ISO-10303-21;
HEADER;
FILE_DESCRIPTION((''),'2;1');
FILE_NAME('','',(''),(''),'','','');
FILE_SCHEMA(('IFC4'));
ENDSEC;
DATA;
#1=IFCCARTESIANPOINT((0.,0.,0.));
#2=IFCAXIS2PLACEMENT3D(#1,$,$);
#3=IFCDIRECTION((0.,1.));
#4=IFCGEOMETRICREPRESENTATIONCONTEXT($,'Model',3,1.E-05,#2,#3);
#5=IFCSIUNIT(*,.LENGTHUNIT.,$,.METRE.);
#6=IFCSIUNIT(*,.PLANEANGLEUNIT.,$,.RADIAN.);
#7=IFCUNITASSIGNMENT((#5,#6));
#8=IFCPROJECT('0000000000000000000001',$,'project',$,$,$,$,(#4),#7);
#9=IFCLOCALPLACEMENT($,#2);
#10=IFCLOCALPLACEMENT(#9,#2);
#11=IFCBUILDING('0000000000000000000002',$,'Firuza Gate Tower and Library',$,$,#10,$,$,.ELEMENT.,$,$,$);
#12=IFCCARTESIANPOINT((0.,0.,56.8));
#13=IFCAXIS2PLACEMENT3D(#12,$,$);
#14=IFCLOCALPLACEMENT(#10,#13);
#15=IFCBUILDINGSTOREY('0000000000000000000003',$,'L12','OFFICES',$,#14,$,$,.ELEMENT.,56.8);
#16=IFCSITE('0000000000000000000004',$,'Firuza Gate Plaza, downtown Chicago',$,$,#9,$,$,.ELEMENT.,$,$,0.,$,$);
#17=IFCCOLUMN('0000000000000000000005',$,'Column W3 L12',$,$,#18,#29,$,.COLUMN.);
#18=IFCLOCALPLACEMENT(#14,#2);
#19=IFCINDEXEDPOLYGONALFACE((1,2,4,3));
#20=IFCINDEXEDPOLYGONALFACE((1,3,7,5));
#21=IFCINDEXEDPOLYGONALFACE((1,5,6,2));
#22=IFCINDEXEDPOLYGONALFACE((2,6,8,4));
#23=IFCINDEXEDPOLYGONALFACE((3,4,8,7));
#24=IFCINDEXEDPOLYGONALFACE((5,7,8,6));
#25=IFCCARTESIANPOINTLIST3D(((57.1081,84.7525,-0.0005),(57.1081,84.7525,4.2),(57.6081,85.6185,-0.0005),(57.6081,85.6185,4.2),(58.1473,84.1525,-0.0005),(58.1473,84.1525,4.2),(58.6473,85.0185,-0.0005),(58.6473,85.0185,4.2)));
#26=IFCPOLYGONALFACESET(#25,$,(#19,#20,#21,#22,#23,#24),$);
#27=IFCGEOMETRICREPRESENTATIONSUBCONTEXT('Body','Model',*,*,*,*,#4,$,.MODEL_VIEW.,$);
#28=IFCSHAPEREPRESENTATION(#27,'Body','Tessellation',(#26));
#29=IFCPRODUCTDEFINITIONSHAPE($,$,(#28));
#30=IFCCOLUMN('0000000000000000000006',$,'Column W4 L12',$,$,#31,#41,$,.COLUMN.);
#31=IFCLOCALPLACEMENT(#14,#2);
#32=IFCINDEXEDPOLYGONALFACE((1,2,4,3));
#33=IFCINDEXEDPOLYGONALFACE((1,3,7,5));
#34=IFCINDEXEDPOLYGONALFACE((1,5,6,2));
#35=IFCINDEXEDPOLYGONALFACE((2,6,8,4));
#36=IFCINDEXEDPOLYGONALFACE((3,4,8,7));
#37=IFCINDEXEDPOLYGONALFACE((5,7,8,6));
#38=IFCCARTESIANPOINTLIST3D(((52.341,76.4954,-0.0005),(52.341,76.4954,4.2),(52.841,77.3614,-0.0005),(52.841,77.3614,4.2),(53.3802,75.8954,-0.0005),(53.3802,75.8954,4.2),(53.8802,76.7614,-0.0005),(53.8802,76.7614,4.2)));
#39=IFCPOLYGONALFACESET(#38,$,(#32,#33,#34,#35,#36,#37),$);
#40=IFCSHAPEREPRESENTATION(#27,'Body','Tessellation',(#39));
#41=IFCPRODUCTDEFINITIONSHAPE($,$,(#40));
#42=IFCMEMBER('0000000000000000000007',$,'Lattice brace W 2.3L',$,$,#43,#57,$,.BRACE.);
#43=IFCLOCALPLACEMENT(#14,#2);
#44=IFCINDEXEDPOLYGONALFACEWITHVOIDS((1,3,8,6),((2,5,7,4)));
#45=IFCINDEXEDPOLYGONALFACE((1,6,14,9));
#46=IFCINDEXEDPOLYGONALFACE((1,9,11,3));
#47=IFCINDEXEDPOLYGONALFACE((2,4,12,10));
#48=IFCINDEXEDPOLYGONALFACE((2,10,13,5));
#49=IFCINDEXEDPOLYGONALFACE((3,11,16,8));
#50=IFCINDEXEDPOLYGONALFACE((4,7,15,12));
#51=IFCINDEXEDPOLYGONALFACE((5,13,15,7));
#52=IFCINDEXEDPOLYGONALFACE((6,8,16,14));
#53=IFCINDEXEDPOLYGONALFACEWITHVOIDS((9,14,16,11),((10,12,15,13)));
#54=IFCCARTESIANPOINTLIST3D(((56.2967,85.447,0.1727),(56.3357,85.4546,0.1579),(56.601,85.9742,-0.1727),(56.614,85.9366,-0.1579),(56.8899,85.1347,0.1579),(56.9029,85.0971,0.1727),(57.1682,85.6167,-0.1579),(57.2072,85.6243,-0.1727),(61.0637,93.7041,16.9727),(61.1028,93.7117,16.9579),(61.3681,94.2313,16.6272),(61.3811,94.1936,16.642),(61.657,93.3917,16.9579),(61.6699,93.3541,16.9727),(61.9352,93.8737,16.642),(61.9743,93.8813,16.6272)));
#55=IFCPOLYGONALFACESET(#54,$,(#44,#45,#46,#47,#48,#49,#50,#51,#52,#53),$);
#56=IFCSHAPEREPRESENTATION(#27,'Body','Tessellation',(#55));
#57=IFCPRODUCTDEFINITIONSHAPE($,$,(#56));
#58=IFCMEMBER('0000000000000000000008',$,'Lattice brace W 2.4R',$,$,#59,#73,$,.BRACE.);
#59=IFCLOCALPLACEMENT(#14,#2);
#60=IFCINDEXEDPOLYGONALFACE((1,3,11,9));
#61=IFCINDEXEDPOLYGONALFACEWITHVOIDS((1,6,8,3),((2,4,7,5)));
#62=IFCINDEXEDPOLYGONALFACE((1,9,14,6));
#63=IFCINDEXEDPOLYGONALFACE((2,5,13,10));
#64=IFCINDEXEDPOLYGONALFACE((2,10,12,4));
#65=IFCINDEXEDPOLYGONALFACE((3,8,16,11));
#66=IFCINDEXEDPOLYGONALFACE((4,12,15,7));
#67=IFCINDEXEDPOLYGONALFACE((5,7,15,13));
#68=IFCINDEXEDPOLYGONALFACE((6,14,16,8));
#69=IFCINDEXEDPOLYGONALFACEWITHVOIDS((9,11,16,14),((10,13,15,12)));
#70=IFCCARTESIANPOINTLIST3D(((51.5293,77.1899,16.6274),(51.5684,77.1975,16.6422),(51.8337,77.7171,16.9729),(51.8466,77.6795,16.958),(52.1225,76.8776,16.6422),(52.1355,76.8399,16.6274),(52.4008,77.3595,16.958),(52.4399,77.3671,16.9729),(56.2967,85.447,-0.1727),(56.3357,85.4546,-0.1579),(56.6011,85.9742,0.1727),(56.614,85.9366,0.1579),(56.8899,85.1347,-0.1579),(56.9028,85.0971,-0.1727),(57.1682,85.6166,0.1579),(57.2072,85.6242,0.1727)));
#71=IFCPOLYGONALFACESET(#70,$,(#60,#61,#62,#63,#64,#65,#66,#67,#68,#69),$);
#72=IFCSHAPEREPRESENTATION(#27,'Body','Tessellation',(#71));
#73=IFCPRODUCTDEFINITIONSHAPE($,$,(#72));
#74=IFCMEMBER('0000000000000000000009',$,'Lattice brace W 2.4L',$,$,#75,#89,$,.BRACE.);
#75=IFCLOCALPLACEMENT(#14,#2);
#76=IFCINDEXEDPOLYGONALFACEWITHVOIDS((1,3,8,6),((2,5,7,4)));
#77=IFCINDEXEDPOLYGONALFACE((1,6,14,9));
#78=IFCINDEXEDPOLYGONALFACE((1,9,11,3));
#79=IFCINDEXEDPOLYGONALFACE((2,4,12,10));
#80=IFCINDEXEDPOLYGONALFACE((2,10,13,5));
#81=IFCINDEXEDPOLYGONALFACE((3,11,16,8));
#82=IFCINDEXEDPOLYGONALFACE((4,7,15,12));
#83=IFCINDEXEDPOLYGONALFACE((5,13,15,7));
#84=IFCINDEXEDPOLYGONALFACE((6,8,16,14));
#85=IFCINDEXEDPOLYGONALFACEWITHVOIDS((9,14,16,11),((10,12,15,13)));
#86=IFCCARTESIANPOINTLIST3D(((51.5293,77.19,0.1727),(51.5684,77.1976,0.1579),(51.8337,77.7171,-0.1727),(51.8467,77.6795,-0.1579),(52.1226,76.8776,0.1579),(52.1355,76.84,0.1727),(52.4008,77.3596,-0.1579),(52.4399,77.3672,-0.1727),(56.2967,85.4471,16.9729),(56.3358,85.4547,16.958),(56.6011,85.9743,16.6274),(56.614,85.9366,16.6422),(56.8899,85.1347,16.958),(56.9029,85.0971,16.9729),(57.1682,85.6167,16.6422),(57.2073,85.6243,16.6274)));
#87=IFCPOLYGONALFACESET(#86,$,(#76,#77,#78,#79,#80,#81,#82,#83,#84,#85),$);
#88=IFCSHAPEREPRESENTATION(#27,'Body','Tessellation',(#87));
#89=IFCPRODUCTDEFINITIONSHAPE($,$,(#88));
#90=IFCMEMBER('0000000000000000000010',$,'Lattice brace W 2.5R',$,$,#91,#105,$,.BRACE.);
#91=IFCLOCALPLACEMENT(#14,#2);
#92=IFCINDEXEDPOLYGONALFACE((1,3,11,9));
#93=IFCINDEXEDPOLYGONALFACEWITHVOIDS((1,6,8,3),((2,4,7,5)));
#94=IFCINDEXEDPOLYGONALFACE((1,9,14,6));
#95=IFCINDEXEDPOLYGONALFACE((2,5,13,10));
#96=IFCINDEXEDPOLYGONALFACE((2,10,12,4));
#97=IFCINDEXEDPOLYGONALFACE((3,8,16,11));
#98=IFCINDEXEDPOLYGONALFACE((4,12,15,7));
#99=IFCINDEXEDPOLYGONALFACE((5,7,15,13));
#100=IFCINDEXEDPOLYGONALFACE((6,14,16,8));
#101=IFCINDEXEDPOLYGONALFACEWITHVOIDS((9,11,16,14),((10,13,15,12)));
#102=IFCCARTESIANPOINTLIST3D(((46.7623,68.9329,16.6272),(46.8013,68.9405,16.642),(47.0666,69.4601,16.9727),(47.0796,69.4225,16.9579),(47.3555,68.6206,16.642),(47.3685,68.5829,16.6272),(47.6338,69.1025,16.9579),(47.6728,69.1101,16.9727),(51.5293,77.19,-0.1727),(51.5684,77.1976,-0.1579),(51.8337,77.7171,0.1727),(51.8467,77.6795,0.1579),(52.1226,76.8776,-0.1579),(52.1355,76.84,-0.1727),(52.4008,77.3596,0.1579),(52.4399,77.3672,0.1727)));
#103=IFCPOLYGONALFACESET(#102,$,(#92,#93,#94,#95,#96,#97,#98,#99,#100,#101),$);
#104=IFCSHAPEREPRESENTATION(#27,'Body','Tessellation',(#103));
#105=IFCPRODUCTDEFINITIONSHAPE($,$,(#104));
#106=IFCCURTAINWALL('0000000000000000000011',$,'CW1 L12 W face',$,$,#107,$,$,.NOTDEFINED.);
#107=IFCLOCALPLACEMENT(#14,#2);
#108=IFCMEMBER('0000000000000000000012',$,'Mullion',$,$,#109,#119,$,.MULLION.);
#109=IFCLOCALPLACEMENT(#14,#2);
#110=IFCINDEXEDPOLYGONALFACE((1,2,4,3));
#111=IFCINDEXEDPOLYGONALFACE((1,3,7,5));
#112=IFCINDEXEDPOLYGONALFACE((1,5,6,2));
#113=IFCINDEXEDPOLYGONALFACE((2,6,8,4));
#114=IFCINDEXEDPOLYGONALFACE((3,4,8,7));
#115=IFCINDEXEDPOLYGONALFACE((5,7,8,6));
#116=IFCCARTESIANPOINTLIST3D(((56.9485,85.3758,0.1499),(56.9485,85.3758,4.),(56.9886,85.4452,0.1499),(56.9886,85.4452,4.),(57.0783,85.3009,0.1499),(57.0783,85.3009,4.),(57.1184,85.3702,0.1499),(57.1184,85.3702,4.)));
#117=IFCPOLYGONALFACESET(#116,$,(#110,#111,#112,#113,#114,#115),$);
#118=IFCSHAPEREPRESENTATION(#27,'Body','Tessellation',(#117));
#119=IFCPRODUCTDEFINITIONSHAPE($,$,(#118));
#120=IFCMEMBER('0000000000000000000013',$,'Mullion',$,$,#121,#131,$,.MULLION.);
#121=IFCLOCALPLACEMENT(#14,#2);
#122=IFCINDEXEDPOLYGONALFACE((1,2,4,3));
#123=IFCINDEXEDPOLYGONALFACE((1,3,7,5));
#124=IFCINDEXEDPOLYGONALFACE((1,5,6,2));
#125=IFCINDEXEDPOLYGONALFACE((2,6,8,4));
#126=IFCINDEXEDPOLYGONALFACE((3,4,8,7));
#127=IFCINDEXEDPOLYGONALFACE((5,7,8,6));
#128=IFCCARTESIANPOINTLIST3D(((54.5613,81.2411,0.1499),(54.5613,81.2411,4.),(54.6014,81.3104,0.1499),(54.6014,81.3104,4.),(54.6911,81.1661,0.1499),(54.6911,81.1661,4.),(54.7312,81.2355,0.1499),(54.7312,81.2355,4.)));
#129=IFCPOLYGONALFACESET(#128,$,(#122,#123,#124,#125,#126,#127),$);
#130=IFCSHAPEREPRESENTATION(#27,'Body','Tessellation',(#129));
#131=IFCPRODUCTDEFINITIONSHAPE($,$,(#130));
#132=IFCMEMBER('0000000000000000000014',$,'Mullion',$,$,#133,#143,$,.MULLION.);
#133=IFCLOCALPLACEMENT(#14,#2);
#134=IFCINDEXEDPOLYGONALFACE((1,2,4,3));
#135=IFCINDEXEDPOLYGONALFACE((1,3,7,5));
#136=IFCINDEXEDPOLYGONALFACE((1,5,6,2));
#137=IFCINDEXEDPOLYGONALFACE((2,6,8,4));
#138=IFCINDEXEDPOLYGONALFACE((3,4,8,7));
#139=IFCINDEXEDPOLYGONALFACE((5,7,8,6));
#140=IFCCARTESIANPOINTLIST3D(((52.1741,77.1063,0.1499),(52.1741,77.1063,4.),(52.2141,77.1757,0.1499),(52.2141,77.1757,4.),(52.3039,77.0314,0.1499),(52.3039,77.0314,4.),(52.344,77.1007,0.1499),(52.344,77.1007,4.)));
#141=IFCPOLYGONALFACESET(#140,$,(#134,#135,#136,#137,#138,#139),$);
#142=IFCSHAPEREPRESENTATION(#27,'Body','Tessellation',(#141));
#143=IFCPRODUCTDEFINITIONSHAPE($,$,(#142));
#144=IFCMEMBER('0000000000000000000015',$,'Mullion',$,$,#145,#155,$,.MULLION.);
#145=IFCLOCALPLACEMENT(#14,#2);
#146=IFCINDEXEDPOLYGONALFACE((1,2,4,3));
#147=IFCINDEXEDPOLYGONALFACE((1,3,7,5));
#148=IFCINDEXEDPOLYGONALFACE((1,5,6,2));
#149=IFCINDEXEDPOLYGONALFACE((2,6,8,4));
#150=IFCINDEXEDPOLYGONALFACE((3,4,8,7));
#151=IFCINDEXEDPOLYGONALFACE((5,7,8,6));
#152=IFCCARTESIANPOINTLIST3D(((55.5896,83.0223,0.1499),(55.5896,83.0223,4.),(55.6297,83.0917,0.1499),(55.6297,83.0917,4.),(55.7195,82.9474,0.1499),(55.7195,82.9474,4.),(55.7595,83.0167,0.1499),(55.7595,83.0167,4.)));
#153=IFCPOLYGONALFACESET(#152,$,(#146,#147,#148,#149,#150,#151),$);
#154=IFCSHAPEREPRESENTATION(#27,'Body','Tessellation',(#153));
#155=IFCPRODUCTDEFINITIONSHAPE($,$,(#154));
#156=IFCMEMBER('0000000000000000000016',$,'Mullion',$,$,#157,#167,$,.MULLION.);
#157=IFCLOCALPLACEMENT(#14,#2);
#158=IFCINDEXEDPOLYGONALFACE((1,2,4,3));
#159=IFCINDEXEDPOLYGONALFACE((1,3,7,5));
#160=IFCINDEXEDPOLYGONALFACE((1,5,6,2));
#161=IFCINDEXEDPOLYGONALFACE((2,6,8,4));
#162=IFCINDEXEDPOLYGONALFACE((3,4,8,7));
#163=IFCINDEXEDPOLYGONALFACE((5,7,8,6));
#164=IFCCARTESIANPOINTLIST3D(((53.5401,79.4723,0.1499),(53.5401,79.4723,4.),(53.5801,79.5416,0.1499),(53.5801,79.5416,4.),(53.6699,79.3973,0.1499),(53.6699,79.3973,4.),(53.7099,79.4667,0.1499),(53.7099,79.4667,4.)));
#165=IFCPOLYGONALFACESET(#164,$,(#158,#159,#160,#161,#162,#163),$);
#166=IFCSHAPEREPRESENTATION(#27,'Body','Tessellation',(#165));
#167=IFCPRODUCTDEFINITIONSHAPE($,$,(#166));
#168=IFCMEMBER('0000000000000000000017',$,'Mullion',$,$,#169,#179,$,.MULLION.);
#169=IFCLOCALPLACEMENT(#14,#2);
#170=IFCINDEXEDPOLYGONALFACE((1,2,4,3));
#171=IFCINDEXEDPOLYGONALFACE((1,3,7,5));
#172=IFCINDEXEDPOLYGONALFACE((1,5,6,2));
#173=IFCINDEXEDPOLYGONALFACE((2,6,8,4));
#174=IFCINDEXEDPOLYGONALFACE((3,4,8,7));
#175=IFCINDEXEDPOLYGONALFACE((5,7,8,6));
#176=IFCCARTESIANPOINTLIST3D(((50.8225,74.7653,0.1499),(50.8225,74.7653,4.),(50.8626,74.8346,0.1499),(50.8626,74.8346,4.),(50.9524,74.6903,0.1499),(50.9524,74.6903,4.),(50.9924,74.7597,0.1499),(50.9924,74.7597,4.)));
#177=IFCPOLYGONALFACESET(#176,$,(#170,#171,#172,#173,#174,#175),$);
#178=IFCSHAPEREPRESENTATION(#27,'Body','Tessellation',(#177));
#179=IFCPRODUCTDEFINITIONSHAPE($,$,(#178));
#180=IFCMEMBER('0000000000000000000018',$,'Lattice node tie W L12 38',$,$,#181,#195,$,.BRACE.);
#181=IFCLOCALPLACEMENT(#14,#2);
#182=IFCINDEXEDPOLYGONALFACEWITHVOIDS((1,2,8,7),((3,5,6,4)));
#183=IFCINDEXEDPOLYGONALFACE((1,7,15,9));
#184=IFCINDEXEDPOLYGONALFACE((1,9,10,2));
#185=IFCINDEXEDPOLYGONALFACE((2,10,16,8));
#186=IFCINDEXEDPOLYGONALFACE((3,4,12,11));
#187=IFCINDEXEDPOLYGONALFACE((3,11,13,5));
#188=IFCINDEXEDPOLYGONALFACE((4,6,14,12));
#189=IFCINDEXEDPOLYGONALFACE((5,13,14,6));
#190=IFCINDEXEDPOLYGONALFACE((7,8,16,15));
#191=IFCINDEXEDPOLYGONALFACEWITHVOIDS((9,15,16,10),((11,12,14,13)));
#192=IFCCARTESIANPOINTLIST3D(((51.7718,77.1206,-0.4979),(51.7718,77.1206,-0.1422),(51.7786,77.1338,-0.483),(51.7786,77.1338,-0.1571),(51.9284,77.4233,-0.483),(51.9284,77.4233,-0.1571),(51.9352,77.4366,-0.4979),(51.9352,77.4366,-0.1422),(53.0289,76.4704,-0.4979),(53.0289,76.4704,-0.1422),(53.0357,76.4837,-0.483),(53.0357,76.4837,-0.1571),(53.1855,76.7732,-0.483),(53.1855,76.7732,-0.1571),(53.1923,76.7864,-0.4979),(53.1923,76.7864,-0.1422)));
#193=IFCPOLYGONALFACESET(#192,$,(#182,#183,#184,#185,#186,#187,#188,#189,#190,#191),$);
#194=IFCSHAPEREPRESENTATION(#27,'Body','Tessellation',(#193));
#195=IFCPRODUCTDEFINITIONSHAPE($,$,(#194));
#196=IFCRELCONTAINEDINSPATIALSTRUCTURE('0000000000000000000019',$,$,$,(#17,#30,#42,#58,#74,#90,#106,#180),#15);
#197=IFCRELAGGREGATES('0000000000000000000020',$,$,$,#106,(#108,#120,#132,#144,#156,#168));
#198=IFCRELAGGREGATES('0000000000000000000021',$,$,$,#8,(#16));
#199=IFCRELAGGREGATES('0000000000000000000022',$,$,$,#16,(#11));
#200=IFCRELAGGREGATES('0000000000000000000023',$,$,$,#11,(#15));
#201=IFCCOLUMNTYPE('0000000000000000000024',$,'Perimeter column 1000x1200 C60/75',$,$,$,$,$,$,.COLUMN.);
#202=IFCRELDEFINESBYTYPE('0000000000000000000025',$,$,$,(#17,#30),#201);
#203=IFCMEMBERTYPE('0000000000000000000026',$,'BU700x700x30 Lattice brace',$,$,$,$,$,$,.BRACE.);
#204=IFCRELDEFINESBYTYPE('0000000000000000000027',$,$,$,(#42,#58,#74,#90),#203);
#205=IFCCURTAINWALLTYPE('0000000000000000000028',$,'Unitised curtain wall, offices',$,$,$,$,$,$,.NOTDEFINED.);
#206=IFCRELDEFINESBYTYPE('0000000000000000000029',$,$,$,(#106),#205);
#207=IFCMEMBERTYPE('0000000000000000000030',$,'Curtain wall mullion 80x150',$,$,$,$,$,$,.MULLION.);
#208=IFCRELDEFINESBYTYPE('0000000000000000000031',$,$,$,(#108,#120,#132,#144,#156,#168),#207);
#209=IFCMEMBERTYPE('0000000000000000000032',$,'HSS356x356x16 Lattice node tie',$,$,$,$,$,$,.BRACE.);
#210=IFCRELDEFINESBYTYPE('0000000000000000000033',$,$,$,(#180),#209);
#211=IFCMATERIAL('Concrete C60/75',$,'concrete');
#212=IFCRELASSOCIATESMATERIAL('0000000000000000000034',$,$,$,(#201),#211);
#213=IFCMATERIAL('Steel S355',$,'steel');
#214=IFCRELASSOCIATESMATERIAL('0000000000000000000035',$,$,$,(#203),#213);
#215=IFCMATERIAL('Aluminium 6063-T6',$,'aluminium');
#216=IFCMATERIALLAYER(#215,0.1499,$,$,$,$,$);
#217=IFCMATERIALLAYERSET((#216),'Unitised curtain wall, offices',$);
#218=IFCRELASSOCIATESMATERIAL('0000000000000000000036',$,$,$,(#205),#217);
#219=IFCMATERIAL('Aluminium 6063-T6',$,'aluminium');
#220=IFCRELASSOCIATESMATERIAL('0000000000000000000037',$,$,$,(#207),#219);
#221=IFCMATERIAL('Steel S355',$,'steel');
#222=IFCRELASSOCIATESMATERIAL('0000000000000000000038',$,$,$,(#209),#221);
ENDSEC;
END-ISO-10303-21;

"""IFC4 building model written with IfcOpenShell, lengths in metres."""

from ifc_helpers import new_model, si_unit, direction, frame, origin, origin_2d, place, context, subcontext, project, spatial, rectangle, hollow_rectangle, extrude, material, layer, layer_set, material_profile, profile_set, type_object, element, aggregate, save


model = new_model("IFC4")

# Units and contexts
model_context = context("Model", 3, precision=1e-05, world=origin(), true_north=direction((0.0, 1.0)))
body_context = subcontext(model_context, "Body", "Model", "MODEL_VIEW")
ifc_project = project(units=[si_unit("LENGTHUNIT", "METRE"), si_unit("PLANEANGLEUNIT", "RADIAN")], contexts=[model_context])

# Site, building, storey
site_placement = place(None, origin())
site = spatial("IfcSite", under=ifc_project, at=site_placement, Name="Firuza Gate Plaza, downtown Chicago", CompositionType="ELEMENT", RefElevation=0.0)
building_placement = place(site_placement, origin())
building = spatial("IfcBuilding", under=site, at=building_placement, Name="Firuza Gate Tower and Library", CompositionType="ELEMENT")
storey_placement = place(building_placement, frame((0.0, 0.0, 56.8)))
storey = spatial("IfcBuildingStorey", under=building, at=storey_placement, Name="L12", Description="OFFICES", CompositionType="ELEMENT", Elevation=56.8)

# Columns
ifc_material_1 = material(Name="Concrete C60/75", Category="concrete")
ifc_material_profile_1 = material_profile(ifc_material_1, rectangle(XDim=1.0, YDim=1.2, at=origin_2d()))
ifc_profile_set_1 = profile_set([ifc_material_profile_1], Name="Concrete C60/75")
column_type = type_object("IfcColumnType", Name="Perimeter column 1000x1200 C60/75", PredefinedType="COLUMN", material=ifc_profile_set_1)
for number, where, z_axis, x_axis, name in (
    (1, (57.8777, 84.8855, -0.0005), (0.0, 0.0, 1.0), (-0.5, -0.866025, 0.0), "Column W3 L12"),
    (2, (53.1106, 76.6284, -0.0005), (0.0, 0.0, 1.0), (-0.5, -0.866025, 0.0), "Column W4 L12"),
):
    element("IfcColumn", number, at=place(storey_placement, frame(where, z_axis=z_axis, x_axis=x_axis)), inside=storey, type_object=column_type, Name=name, PredefinedType="COLUMN", context=body_context, shape_type="SweptSolid", body=[
        extrude(rectangle(XDim=1.0, YDim=1.2, at=origin_2d()), origin(), (0.0, 0.0, 1.0), 4.2004),
    ])

# Members
ifc_material_2 = material(Name="Steel S355", Category="steel")
ifc_material_profile_2 = material_profile(ifc_material_2, hollow_rectangle(XDim=0.7, YDim=0.7, WallThickness=0.03, at=origin_2d()))
ifc_profile_set_2 = profile_set([ifc_material_profile_2], Name="Steel S355")
member_type_1 = type_object("IfcMemberType", Name="BU700x700x30 Lattice brace", PredefinedType="BRACE", material=ifc_profile_set_2)
member_1_placement = place(storey_placement, frame((56.752, 85.5356, 0.0), z_axis=(0.246782, 0.427452, 0.869703), x_axis=(-0.866032, 0.499989, 0.0)))
element("IfcMember", 3, at=member_1_placement, inside=storey, type_object=member_type_1, Name="Lattice brace W 2.3L", PredefinedType="BRACE", context=body_context, shape_type="SweptSolid", body=[
    extrude(hollow_rectangle(XDim=0.7, YDim=0.7, WallThickness=0.03, at=origin_2d()), origin(), (0.0, 0.0, 1.0), 19.3169),
])
for number, where, z_axis, x_axis, name in (
    (4, (56.752, 85.5356, 0.0), (-0.246794, -0.42745, 0.8697), (0.866021, -0.500008, 0.0), "Lattice brace W 2.4R"),
    (5, (51.9846, 77.2786, 0.0), (0.246794, 0.42745, 0.8697), (-0.866021, 0.500008, 0.0), "Lattice brace W 2.4L"),
):
    element("IfcMember", number, at=place(storey_placement, frame(where, z_axis=z_axis, x_axis=x_axis)), inside=storey, type_object=member_type_1, Name=name, PredefinedType="BRACE", context=body_context, shape_type="SweptSolid", body=[
        extrude(hollow_rectangle(XDim=0.7, YDim=0.7, WallThickness=0.03, at=origin_2d()), origin(), (0.0, 0.0, 1.0), 19.3171),
    ])
member_2_placement = place(storey_placement, frame((51.9846, 77.2786, 0.0), z_axis=(-0.246782, -0.427452, 0.869703), x_axis=(0.866032, -0.499989, 0.0)))
element("IfcMember", 6, at=member_2_placement, inside=storey, type_object=member_type_1, Name="Lattice brace W 2.5R", PredefinedType="BRACE", context=body_context, shape_type="SweptSolid", body=[
    extrude(hollow_rectangle(XDim=0.7, YDim=0.7, WallThickness=0.03, at=origin_2d()), origin(), (0.0, 0.0, 1.0), 19.3169),
])

# Curtain wall, members
ifc_material_3 = material(Name="Aluminium 6063-T6", Category="aluminium")
ifc_layer_1 = layer(ifc_material_3, 0.1499)
ifc_layer_set_1 = layer_set([ifc_layer_1], Name="Unitised curtain wall, offices")
curtain_wall_type = type_object("IfcCurtainWallType", Name="Unitised curtain wall, offices", PredefinedType="NOTDEFINED", material=ifc_layer_set_1)
curtain_wall_placement = place(storey_placement, origin())
curtain_wall = element("IfcCurtainWall", 7, at=curtain_wall_placement, inside=storey, type_object=curtain_wall_type, Name="CW1 L12 W face", PredefinedType="NOTDEFINED")
ifc_material_4 = material(Name="Aluminium 6063-T6", Category="aluminium")
ifc_material_profile_3 = material_profile(ifc_material_4, rectangle(XDim=0.1499, YDim=0.0801, at=origin_2d()))
ifc_profile_set_3 = profile_set([ifc_material_profile_3], Name="Aluminium 6063-T6")
member_type_2 = type_object("IfcMemberType", Name="Curtain wall mullion 80x150", PredefinedType="MULLION", material=ifc_profile_set_3)
member_3_placement = place(storey_placement, frame((57.0334, 85.373, 0.1499), z_axis=(0.0, 0.0, 1.0), x_axis=(0.866025, -0.5, 0.0)))
member_3 = element("IfcMember", 8, at=member_3_placement, type_object=member_type_2, Name="Mullion", PredefinedType="MULLION", context=body_context, shape_type="SweptSolid", body=[
    extrude(rectangle(XDim=0.1499, YDim=0.0801, at=origin_2d()), origin(), (0.0, 0.0, 1.0), 3.8501),
])
member_4_placement = place(storey_placement, frame((54.6462, 81.2383, 0.1499), z_axis=(0.0, 0.0, 1.0), x_axis=(0.866025, -0.5, 0.0)))
member_4 = element("IfcMember", 9, at=member_4_placement, type_object=member_type_2, Name="Mullion", PredefinedType="MULLION", context=body_context, shape_type="SweptSolid", body=[
    extrude(rectangle(XDim=0.1499, YDim=0.0801, at=origin_2d()), origin(), (0.0, 0.0, 1.0), 3.8501),
])
member_5_placement = place(storey_placement, frame((52.259, 77.1035, 0.1499), z_axis=(0.0, 0.0, 1.0), x_axis=(0.866025, -0.5, 0.0)))
member_5 = element("IfcMember", 10, at=member_5_placement, type_object=member_type_2, Name="Mullion", PredefinedType="MULLION", context=body_context, shape_type="SweptSolid", body=[
    extrude(rectangle(XDim=0.1499, YDim=0.0801, at=origin_2d()), origin(), (0.0, 0.0, 1.0), 3.8501),
])
member_6_placement = place(storey_placement, frame((55.6746, 83.0195, 0.1499), z_axis=(0.0, 0.0, 1.0), x_axis=(0.866025, -0.5, 0.0)))
member_6 = element("IfcMember", 11, at=member_6_placement, type_object=member_type_2, Name="Mullion", PredefinedType="MULLION", context=body_context, shape_type="SweptSolid", body=[
    extrude(rectangle(XDim=0.1499, YDim=0.0801, at=origin_2d()), origin(), (0.0, 0.0, 1.0), 3.8501),
])
member_7_placement = place(storey_placement, frame((53.625, 79.4695, 0.1499), z_axis=(0.0, 0.0, 1.0), x_axis=(0.866025, -0.5, 0.0)))
member_7 = element("IfcMember", 12, at=member_7_placement, type_object=member_type_2, Name="Mullion", PredefinedType="MULLION", context=body_context, shape_type="SweptSolid", body=[
    extrude(rectangle(XDim=0.1499, YDim=0.0801, at=origin_2d()), origin(), (0.0, 0.0, 1.0), 3.8501),
])
member_8_placement = place(storey_placement, frame((50.9075, 74.7625, 0.1499), z_axis=(0.0, 0.0, 1.0), x_axis=(0.866025, -0.5, 0.0)))
member_8 = element("IfcMember", 13, at=member_8_placement, type_object=member_type_2, Name="Mullion", PredefinedType="MULLION", context=body_context, shape_type="SweptSolid", body=[
    extrude(rectangle(XDim=0.1499, YDim=0.0801, at=origin_2d()), origin(), (0.0, 0.0, 1.0), 3.8501),
])

# Member
ifc_material_5 = material(Name="Steel S355", Category="steel")
ifc_material_profile_4 = material_profile(ifc_material_5, hollow_rectangle(XDim=0.3557, YDim=0.3557, WallThickness=0.0149, at=origin_2d()))
ifc_profile_set_4 = profile_set([ifc_material_profile_4], Name="Steel S355")
member_type_3 = type_object("IfcMemberType", Name="HSS356x356x16 Lattice node tie", PredefinedType="BRACE", material=ifc_profile_set_4)
member_9_placement = place(storey_placement, frame((53.1106, 76.6284, -0.3201), z_axis=(-0.888237, 0.459385, 0.0), x_axis=(-0.459385, -0.888237, 0.0)))
element("IfcMember", 14, at=member_9_placement, inside=storey, type_object=member_type_3, Name="Lattice node tie W L12 38", PredefinedType="BRACE", context=body_context, shape_type="SweptSolid", body=[
    extrude(hollow_rectangle(XDim=0.3557, YDim=0.3557, WallThickness=0.0149, at=origin_2d()), origin(), (0.0, 0.0, 1.0), 1.4153),
])

aggregate(curtain_wall, [member_3, member_4, member_5, member_6, member_7, member_8])

save(model, "model.ifc")
